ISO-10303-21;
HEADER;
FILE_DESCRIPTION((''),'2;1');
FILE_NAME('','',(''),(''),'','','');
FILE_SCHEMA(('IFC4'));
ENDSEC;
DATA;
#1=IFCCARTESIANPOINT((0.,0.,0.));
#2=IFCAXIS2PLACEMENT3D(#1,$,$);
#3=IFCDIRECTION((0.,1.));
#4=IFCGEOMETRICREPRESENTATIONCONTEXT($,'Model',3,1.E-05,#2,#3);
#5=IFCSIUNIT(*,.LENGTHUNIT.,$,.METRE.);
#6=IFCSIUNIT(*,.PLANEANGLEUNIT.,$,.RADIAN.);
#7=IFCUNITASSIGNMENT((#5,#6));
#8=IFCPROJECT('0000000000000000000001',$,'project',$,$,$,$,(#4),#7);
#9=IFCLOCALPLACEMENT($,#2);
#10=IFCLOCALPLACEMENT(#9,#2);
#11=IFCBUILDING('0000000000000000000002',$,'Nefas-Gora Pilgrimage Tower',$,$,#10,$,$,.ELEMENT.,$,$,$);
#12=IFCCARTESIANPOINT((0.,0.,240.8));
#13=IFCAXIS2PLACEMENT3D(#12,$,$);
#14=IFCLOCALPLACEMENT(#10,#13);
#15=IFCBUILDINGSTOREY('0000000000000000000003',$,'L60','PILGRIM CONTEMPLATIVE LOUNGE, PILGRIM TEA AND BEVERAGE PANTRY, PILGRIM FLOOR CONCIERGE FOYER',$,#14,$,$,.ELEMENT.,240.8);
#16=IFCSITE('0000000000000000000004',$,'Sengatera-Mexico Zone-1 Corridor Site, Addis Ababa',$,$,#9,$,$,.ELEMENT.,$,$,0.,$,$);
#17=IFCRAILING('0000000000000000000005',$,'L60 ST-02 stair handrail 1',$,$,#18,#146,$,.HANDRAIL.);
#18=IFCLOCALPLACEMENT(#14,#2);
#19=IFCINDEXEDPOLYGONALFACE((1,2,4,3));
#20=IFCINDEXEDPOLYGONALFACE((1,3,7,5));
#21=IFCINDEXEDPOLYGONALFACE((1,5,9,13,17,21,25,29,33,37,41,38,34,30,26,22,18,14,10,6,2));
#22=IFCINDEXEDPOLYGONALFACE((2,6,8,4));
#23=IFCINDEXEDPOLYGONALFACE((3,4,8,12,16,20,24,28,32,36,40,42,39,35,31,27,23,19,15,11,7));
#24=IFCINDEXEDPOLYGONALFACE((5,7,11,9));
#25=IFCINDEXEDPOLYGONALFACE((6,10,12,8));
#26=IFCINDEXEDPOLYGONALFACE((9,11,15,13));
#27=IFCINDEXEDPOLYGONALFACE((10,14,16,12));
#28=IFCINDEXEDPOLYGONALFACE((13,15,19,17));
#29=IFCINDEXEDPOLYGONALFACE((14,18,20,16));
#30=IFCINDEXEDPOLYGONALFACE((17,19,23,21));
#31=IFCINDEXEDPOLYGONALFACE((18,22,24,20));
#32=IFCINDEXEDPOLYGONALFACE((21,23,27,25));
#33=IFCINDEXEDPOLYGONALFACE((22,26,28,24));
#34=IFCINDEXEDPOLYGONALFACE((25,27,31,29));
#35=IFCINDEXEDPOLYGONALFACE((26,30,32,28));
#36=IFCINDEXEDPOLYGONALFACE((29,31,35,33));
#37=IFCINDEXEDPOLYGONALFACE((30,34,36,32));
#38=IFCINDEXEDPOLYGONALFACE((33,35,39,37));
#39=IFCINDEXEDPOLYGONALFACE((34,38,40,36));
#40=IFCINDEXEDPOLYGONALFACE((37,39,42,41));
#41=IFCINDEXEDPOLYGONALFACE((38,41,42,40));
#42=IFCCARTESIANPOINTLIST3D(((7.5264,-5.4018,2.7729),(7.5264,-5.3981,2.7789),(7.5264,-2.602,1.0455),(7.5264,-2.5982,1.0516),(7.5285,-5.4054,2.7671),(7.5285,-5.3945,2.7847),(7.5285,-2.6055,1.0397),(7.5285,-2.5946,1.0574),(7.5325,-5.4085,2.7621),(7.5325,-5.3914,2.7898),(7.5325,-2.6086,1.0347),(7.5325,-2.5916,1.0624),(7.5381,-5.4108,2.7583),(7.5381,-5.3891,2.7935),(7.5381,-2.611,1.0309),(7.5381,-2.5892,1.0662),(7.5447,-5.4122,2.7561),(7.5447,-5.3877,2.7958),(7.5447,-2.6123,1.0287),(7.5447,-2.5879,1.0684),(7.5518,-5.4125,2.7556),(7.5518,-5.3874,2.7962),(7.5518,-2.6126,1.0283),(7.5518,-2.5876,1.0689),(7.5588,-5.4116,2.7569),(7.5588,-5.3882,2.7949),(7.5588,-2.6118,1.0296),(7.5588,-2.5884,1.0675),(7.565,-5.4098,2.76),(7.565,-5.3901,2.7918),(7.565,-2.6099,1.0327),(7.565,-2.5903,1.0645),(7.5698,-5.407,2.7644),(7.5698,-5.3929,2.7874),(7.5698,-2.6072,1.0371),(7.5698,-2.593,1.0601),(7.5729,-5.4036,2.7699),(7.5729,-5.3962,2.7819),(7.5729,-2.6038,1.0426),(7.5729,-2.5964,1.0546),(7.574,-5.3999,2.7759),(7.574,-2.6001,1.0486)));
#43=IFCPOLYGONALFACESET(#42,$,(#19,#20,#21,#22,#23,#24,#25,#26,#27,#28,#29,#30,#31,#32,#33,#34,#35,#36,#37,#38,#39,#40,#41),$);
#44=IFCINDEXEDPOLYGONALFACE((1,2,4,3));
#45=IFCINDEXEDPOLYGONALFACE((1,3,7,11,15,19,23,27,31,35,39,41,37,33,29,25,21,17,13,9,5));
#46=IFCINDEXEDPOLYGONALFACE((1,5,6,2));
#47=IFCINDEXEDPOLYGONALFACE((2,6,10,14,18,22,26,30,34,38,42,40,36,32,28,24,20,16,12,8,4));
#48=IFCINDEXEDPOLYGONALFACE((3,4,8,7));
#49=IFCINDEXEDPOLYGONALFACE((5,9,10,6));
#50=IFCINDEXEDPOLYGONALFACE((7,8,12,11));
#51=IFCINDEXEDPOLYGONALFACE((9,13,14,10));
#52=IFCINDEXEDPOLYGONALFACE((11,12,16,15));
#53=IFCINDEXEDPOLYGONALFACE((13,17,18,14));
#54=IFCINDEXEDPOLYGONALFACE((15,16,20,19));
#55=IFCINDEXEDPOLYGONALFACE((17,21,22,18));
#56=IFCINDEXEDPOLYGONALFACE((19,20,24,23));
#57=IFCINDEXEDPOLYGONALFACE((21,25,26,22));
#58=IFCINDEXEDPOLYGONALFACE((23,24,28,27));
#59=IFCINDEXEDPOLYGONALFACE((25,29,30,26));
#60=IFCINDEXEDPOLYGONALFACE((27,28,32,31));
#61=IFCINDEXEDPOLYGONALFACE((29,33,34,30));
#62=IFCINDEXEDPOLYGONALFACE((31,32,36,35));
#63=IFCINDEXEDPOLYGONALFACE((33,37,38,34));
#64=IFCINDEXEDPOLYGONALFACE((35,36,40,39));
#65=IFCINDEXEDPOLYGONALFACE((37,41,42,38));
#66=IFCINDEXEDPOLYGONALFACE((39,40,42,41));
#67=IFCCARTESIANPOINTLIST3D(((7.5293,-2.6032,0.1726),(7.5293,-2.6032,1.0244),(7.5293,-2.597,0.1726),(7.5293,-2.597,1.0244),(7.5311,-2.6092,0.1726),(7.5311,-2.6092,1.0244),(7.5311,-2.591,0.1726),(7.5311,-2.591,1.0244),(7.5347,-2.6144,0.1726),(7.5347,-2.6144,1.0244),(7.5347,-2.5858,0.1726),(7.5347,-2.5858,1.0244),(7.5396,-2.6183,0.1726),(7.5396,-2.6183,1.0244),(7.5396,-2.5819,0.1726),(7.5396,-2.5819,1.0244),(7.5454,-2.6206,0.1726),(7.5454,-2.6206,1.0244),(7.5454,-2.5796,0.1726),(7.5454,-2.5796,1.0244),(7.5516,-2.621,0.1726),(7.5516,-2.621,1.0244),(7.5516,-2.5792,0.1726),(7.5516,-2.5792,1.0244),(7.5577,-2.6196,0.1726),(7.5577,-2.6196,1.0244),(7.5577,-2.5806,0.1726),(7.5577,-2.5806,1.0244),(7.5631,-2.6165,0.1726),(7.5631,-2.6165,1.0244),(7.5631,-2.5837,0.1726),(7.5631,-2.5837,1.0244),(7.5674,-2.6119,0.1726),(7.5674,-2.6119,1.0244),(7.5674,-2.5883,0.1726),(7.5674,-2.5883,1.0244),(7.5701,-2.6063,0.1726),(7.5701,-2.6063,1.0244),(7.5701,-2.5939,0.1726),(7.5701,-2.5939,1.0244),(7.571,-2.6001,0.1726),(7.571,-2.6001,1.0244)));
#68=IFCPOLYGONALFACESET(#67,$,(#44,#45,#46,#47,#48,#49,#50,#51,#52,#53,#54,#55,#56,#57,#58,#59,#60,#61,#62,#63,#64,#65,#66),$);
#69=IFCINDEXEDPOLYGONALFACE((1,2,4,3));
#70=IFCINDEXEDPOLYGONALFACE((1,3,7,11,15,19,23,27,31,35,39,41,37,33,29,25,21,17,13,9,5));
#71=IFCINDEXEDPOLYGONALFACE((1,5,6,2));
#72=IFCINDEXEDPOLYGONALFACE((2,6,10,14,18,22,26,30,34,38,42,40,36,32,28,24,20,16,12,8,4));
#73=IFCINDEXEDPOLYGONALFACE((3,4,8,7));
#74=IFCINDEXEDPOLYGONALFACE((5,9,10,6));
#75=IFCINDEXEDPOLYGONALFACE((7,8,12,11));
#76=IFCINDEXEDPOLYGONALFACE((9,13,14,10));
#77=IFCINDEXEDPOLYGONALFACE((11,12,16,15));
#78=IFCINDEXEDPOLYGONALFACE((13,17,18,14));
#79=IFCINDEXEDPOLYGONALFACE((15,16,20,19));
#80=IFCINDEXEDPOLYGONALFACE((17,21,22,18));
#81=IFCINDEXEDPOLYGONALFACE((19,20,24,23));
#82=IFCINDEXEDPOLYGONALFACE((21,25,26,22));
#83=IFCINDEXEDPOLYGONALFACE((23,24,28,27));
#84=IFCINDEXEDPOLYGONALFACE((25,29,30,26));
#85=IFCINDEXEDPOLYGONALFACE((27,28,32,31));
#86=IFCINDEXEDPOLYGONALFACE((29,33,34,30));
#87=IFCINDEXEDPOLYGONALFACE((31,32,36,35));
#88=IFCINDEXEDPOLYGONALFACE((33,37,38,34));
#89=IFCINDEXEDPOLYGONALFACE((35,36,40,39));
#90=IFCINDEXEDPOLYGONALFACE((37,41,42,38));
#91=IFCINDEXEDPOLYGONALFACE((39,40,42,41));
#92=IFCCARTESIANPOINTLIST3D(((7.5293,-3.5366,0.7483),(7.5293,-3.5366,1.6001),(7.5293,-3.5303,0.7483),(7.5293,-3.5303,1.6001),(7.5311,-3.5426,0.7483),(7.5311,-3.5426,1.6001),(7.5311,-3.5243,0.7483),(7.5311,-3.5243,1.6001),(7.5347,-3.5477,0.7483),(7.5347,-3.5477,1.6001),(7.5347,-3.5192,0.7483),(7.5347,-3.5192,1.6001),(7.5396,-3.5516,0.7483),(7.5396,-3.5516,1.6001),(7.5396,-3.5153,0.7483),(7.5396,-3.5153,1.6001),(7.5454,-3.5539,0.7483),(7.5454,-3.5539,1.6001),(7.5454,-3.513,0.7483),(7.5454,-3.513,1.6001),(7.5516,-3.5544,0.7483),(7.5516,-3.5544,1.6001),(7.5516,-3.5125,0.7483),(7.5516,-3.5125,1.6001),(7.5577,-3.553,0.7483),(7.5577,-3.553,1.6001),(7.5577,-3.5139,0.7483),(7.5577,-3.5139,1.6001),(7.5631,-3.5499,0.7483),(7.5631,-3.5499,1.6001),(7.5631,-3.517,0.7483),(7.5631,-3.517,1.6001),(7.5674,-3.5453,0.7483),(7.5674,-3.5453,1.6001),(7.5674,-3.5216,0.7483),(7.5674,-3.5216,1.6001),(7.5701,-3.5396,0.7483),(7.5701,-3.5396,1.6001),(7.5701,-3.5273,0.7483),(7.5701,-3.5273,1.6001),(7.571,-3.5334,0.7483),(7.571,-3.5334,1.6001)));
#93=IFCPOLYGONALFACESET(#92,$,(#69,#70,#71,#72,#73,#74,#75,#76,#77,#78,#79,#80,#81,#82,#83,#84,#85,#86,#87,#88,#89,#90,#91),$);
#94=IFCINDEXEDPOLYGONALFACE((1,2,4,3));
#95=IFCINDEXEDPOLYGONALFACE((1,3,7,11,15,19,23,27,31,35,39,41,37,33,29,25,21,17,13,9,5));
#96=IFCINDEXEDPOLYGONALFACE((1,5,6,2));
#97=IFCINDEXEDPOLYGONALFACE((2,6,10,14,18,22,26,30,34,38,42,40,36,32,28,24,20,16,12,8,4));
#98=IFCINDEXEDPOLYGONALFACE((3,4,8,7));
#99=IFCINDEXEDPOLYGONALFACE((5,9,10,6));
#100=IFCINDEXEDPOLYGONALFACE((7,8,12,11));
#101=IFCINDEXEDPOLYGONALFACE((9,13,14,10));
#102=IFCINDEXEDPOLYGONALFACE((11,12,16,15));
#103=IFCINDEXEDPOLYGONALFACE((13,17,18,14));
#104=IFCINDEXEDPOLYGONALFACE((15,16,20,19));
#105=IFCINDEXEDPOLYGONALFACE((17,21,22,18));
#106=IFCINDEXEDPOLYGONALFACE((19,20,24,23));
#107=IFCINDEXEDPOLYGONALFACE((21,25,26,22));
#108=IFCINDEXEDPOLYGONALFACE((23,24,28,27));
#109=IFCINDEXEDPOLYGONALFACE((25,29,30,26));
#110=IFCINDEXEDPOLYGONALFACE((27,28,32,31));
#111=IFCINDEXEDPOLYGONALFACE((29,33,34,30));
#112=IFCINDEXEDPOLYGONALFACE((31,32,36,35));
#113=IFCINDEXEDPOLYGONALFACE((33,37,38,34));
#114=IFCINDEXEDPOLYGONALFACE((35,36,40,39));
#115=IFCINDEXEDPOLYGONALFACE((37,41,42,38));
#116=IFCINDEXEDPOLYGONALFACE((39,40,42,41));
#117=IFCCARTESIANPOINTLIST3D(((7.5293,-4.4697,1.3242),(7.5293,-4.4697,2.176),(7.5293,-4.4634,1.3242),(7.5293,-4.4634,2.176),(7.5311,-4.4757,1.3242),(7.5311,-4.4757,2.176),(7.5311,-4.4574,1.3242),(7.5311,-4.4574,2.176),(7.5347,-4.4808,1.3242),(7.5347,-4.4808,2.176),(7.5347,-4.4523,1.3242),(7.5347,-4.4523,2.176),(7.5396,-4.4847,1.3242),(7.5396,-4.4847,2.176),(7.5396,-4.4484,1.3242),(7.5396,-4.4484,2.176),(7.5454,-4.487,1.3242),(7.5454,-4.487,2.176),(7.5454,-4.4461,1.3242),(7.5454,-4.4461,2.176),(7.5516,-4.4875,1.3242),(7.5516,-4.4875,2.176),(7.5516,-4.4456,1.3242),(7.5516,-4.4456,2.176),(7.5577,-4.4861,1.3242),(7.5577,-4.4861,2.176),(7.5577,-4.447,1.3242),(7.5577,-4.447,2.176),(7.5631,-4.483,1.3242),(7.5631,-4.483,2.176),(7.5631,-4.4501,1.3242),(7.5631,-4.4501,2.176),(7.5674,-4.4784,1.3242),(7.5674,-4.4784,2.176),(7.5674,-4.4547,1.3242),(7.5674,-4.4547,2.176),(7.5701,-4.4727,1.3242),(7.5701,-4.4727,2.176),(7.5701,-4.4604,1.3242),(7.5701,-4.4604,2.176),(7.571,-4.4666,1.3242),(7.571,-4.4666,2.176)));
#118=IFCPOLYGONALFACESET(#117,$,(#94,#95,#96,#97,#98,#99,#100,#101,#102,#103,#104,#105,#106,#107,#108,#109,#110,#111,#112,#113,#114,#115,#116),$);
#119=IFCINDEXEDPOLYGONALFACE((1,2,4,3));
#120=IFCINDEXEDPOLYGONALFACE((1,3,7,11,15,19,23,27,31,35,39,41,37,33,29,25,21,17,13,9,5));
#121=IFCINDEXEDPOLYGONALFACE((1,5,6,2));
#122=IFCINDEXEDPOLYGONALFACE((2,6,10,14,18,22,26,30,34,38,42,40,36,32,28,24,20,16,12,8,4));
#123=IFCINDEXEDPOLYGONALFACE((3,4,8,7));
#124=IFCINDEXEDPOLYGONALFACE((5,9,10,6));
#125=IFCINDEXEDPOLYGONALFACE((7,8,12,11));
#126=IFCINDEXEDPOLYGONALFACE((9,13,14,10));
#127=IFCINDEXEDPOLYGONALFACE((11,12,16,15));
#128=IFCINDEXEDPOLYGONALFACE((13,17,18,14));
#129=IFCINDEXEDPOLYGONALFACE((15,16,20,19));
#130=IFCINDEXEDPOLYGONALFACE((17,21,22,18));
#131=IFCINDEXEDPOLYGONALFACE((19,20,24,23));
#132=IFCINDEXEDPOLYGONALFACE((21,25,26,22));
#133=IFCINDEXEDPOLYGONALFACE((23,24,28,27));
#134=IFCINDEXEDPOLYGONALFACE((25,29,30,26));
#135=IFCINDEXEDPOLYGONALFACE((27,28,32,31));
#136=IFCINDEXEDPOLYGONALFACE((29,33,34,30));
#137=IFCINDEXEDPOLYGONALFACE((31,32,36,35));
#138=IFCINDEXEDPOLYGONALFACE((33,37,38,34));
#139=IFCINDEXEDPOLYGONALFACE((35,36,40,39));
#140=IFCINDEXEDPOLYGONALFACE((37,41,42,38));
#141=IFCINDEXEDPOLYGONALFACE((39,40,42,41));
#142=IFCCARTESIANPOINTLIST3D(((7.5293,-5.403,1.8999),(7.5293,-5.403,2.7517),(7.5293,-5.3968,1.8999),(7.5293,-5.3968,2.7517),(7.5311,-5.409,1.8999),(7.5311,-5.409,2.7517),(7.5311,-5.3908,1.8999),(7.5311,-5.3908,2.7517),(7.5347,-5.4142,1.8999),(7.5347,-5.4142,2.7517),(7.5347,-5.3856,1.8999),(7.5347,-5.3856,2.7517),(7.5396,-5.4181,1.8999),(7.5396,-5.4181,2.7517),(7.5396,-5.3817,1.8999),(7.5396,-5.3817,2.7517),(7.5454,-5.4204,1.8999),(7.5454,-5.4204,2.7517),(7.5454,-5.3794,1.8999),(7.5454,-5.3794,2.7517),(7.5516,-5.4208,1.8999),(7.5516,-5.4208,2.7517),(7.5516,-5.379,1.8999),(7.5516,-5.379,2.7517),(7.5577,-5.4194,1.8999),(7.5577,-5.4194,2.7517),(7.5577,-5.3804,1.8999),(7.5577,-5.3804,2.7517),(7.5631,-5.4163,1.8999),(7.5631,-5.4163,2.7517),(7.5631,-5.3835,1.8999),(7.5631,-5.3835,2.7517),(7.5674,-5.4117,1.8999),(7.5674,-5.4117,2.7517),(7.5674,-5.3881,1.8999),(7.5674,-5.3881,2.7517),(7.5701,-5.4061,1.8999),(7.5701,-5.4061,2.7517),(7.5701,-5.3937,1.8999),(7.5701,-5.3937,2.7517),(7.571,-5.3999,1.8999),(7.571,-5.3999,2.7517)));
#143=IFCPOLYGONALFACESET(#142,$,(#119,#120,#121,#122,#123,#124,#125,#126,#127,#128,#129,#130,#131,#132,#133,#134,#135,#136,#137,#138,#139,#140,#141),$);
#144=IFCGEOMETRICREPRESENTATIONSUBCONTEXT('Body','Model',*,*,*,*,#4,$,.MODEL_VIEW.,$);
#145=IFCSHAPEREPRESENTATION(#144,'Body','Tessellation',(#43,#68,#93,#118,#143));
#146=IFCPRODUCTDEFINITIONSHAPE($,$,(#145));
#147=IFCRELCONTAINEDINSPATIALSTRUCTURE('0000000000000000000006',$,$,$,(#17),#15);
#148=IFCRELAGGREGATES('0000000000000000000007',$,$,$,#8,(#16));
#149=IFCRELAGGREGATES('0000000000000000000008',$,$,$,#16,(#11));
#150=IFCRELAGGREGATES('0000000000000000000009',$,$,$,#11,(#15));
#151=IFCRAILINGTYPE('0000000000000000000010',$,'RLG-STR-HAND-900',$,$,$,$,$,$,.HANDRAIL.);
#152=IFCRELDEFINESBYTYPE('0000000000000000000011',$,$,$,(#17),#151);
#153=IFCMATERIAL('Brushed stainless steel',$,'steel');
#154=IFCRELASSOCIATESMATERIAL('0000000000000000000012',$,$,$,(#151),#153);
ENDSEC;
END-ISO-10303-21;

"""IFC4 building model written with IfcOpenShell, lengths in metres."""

from ifc_helpers import new_model, si_unit, direction, frame, origin, origin_2d, place, context, subcontext, project, spatial, circle, extrude, material, type_object, element, save


model = new_model("IFC4")

# Units and contexts
model_context = context("Model", 3, precision=1e-05, world=origin(), true_north=direction((0.0, 1.0)))
body_context = subcontext(model_context, "Body", "Model", "MODEL_VIEW")
ifc_project = project(units=[si_unit("LENGTHUNIT", "METRE"), si_unit("PLANEANGLEUNIT", "RADIAN")], contexts=[model_context])

# Site, building, storey
site_placement = place(None, origin())
site = spatial("IfcSite", under=ifc_project, at=site_placement, Name="Sengatera-Mexico Zone-1 Corridor Site, Addis Ababa", CompositionType="ELEMENT", RefElevation=0.0)
building_placement = place(site_placement, origin())
building = spatial("IfcBuilding", under=site, at=building_placement, Name="Nefas-Gora Pilgrimage Tower", CompositionType="ELEMENT")
storey_placement = place(building_placement, frame((0.0, 0.0, 240.8)))
storey = spatial("IfcBuildingStorey", under=building, at=storey_placement, Name="L60", Description="PILGRIM CONTEMPLATIVE LOUNGE, PILGRIM TEA AND BEVERAGE PANTRY, PILGRIM FLOOR CONCIERGE FOYER", CompositionType="ELEMENT", Elevation=240.8)

# Railing
ifc_material_1 = material(Name="Brushed stainless steel", Category="steel")
railing_type_1 = type_object("IfcRailingType", Name="RLG-STR-HAND-900", PredefinedType="HANDRAIL", material=ifc_material_1)
railing_1_placement = place(storey_placement, frame((7.55, -2.6001, 0.1726)))
element("IfcRailing", 1, at=railing_1_placement, inside=storey, type_object=railing_type_1, Name="L60 ST-02 stair handrail 1", PredefinedType="HANDRAIL", context=body_context, shape_type="SweptSolid", body=[
    extrude(circle(Radius=0.0239, at=origin_2d()), frame((0.0, 0.0, 0.876), z_axis=(0.0, -0.851069, 0.525054), x_axis=(1.0, 0.0, 0.0)), (0.0, 0.0, 1.0), 3.2898),
    extrude(circle(Radius=0.021, at=origin_2d()), origin(), (0.0, 0.0, 1.0), 0.8518),
    extrude(circle(Radius=0.021, at=origin_2d()), frame((0.0, -0.9333, 0.5757)), (0.0, 0.0, 1.0), 0.8518),
    extrude(circle(Radius=0.021, at=origin_2d()), frame((0.0, -1.8665, 1.1516)), (0.0, 0.0, 1.0), 0.8518),
    extrude(circle(Radius=0.021, at=origin_2d()), frame((0.0, -2.7998, 1.7273)), (0.0, 0.0, 1.0), 0.8518),
])

save(model, "model.ifc")
